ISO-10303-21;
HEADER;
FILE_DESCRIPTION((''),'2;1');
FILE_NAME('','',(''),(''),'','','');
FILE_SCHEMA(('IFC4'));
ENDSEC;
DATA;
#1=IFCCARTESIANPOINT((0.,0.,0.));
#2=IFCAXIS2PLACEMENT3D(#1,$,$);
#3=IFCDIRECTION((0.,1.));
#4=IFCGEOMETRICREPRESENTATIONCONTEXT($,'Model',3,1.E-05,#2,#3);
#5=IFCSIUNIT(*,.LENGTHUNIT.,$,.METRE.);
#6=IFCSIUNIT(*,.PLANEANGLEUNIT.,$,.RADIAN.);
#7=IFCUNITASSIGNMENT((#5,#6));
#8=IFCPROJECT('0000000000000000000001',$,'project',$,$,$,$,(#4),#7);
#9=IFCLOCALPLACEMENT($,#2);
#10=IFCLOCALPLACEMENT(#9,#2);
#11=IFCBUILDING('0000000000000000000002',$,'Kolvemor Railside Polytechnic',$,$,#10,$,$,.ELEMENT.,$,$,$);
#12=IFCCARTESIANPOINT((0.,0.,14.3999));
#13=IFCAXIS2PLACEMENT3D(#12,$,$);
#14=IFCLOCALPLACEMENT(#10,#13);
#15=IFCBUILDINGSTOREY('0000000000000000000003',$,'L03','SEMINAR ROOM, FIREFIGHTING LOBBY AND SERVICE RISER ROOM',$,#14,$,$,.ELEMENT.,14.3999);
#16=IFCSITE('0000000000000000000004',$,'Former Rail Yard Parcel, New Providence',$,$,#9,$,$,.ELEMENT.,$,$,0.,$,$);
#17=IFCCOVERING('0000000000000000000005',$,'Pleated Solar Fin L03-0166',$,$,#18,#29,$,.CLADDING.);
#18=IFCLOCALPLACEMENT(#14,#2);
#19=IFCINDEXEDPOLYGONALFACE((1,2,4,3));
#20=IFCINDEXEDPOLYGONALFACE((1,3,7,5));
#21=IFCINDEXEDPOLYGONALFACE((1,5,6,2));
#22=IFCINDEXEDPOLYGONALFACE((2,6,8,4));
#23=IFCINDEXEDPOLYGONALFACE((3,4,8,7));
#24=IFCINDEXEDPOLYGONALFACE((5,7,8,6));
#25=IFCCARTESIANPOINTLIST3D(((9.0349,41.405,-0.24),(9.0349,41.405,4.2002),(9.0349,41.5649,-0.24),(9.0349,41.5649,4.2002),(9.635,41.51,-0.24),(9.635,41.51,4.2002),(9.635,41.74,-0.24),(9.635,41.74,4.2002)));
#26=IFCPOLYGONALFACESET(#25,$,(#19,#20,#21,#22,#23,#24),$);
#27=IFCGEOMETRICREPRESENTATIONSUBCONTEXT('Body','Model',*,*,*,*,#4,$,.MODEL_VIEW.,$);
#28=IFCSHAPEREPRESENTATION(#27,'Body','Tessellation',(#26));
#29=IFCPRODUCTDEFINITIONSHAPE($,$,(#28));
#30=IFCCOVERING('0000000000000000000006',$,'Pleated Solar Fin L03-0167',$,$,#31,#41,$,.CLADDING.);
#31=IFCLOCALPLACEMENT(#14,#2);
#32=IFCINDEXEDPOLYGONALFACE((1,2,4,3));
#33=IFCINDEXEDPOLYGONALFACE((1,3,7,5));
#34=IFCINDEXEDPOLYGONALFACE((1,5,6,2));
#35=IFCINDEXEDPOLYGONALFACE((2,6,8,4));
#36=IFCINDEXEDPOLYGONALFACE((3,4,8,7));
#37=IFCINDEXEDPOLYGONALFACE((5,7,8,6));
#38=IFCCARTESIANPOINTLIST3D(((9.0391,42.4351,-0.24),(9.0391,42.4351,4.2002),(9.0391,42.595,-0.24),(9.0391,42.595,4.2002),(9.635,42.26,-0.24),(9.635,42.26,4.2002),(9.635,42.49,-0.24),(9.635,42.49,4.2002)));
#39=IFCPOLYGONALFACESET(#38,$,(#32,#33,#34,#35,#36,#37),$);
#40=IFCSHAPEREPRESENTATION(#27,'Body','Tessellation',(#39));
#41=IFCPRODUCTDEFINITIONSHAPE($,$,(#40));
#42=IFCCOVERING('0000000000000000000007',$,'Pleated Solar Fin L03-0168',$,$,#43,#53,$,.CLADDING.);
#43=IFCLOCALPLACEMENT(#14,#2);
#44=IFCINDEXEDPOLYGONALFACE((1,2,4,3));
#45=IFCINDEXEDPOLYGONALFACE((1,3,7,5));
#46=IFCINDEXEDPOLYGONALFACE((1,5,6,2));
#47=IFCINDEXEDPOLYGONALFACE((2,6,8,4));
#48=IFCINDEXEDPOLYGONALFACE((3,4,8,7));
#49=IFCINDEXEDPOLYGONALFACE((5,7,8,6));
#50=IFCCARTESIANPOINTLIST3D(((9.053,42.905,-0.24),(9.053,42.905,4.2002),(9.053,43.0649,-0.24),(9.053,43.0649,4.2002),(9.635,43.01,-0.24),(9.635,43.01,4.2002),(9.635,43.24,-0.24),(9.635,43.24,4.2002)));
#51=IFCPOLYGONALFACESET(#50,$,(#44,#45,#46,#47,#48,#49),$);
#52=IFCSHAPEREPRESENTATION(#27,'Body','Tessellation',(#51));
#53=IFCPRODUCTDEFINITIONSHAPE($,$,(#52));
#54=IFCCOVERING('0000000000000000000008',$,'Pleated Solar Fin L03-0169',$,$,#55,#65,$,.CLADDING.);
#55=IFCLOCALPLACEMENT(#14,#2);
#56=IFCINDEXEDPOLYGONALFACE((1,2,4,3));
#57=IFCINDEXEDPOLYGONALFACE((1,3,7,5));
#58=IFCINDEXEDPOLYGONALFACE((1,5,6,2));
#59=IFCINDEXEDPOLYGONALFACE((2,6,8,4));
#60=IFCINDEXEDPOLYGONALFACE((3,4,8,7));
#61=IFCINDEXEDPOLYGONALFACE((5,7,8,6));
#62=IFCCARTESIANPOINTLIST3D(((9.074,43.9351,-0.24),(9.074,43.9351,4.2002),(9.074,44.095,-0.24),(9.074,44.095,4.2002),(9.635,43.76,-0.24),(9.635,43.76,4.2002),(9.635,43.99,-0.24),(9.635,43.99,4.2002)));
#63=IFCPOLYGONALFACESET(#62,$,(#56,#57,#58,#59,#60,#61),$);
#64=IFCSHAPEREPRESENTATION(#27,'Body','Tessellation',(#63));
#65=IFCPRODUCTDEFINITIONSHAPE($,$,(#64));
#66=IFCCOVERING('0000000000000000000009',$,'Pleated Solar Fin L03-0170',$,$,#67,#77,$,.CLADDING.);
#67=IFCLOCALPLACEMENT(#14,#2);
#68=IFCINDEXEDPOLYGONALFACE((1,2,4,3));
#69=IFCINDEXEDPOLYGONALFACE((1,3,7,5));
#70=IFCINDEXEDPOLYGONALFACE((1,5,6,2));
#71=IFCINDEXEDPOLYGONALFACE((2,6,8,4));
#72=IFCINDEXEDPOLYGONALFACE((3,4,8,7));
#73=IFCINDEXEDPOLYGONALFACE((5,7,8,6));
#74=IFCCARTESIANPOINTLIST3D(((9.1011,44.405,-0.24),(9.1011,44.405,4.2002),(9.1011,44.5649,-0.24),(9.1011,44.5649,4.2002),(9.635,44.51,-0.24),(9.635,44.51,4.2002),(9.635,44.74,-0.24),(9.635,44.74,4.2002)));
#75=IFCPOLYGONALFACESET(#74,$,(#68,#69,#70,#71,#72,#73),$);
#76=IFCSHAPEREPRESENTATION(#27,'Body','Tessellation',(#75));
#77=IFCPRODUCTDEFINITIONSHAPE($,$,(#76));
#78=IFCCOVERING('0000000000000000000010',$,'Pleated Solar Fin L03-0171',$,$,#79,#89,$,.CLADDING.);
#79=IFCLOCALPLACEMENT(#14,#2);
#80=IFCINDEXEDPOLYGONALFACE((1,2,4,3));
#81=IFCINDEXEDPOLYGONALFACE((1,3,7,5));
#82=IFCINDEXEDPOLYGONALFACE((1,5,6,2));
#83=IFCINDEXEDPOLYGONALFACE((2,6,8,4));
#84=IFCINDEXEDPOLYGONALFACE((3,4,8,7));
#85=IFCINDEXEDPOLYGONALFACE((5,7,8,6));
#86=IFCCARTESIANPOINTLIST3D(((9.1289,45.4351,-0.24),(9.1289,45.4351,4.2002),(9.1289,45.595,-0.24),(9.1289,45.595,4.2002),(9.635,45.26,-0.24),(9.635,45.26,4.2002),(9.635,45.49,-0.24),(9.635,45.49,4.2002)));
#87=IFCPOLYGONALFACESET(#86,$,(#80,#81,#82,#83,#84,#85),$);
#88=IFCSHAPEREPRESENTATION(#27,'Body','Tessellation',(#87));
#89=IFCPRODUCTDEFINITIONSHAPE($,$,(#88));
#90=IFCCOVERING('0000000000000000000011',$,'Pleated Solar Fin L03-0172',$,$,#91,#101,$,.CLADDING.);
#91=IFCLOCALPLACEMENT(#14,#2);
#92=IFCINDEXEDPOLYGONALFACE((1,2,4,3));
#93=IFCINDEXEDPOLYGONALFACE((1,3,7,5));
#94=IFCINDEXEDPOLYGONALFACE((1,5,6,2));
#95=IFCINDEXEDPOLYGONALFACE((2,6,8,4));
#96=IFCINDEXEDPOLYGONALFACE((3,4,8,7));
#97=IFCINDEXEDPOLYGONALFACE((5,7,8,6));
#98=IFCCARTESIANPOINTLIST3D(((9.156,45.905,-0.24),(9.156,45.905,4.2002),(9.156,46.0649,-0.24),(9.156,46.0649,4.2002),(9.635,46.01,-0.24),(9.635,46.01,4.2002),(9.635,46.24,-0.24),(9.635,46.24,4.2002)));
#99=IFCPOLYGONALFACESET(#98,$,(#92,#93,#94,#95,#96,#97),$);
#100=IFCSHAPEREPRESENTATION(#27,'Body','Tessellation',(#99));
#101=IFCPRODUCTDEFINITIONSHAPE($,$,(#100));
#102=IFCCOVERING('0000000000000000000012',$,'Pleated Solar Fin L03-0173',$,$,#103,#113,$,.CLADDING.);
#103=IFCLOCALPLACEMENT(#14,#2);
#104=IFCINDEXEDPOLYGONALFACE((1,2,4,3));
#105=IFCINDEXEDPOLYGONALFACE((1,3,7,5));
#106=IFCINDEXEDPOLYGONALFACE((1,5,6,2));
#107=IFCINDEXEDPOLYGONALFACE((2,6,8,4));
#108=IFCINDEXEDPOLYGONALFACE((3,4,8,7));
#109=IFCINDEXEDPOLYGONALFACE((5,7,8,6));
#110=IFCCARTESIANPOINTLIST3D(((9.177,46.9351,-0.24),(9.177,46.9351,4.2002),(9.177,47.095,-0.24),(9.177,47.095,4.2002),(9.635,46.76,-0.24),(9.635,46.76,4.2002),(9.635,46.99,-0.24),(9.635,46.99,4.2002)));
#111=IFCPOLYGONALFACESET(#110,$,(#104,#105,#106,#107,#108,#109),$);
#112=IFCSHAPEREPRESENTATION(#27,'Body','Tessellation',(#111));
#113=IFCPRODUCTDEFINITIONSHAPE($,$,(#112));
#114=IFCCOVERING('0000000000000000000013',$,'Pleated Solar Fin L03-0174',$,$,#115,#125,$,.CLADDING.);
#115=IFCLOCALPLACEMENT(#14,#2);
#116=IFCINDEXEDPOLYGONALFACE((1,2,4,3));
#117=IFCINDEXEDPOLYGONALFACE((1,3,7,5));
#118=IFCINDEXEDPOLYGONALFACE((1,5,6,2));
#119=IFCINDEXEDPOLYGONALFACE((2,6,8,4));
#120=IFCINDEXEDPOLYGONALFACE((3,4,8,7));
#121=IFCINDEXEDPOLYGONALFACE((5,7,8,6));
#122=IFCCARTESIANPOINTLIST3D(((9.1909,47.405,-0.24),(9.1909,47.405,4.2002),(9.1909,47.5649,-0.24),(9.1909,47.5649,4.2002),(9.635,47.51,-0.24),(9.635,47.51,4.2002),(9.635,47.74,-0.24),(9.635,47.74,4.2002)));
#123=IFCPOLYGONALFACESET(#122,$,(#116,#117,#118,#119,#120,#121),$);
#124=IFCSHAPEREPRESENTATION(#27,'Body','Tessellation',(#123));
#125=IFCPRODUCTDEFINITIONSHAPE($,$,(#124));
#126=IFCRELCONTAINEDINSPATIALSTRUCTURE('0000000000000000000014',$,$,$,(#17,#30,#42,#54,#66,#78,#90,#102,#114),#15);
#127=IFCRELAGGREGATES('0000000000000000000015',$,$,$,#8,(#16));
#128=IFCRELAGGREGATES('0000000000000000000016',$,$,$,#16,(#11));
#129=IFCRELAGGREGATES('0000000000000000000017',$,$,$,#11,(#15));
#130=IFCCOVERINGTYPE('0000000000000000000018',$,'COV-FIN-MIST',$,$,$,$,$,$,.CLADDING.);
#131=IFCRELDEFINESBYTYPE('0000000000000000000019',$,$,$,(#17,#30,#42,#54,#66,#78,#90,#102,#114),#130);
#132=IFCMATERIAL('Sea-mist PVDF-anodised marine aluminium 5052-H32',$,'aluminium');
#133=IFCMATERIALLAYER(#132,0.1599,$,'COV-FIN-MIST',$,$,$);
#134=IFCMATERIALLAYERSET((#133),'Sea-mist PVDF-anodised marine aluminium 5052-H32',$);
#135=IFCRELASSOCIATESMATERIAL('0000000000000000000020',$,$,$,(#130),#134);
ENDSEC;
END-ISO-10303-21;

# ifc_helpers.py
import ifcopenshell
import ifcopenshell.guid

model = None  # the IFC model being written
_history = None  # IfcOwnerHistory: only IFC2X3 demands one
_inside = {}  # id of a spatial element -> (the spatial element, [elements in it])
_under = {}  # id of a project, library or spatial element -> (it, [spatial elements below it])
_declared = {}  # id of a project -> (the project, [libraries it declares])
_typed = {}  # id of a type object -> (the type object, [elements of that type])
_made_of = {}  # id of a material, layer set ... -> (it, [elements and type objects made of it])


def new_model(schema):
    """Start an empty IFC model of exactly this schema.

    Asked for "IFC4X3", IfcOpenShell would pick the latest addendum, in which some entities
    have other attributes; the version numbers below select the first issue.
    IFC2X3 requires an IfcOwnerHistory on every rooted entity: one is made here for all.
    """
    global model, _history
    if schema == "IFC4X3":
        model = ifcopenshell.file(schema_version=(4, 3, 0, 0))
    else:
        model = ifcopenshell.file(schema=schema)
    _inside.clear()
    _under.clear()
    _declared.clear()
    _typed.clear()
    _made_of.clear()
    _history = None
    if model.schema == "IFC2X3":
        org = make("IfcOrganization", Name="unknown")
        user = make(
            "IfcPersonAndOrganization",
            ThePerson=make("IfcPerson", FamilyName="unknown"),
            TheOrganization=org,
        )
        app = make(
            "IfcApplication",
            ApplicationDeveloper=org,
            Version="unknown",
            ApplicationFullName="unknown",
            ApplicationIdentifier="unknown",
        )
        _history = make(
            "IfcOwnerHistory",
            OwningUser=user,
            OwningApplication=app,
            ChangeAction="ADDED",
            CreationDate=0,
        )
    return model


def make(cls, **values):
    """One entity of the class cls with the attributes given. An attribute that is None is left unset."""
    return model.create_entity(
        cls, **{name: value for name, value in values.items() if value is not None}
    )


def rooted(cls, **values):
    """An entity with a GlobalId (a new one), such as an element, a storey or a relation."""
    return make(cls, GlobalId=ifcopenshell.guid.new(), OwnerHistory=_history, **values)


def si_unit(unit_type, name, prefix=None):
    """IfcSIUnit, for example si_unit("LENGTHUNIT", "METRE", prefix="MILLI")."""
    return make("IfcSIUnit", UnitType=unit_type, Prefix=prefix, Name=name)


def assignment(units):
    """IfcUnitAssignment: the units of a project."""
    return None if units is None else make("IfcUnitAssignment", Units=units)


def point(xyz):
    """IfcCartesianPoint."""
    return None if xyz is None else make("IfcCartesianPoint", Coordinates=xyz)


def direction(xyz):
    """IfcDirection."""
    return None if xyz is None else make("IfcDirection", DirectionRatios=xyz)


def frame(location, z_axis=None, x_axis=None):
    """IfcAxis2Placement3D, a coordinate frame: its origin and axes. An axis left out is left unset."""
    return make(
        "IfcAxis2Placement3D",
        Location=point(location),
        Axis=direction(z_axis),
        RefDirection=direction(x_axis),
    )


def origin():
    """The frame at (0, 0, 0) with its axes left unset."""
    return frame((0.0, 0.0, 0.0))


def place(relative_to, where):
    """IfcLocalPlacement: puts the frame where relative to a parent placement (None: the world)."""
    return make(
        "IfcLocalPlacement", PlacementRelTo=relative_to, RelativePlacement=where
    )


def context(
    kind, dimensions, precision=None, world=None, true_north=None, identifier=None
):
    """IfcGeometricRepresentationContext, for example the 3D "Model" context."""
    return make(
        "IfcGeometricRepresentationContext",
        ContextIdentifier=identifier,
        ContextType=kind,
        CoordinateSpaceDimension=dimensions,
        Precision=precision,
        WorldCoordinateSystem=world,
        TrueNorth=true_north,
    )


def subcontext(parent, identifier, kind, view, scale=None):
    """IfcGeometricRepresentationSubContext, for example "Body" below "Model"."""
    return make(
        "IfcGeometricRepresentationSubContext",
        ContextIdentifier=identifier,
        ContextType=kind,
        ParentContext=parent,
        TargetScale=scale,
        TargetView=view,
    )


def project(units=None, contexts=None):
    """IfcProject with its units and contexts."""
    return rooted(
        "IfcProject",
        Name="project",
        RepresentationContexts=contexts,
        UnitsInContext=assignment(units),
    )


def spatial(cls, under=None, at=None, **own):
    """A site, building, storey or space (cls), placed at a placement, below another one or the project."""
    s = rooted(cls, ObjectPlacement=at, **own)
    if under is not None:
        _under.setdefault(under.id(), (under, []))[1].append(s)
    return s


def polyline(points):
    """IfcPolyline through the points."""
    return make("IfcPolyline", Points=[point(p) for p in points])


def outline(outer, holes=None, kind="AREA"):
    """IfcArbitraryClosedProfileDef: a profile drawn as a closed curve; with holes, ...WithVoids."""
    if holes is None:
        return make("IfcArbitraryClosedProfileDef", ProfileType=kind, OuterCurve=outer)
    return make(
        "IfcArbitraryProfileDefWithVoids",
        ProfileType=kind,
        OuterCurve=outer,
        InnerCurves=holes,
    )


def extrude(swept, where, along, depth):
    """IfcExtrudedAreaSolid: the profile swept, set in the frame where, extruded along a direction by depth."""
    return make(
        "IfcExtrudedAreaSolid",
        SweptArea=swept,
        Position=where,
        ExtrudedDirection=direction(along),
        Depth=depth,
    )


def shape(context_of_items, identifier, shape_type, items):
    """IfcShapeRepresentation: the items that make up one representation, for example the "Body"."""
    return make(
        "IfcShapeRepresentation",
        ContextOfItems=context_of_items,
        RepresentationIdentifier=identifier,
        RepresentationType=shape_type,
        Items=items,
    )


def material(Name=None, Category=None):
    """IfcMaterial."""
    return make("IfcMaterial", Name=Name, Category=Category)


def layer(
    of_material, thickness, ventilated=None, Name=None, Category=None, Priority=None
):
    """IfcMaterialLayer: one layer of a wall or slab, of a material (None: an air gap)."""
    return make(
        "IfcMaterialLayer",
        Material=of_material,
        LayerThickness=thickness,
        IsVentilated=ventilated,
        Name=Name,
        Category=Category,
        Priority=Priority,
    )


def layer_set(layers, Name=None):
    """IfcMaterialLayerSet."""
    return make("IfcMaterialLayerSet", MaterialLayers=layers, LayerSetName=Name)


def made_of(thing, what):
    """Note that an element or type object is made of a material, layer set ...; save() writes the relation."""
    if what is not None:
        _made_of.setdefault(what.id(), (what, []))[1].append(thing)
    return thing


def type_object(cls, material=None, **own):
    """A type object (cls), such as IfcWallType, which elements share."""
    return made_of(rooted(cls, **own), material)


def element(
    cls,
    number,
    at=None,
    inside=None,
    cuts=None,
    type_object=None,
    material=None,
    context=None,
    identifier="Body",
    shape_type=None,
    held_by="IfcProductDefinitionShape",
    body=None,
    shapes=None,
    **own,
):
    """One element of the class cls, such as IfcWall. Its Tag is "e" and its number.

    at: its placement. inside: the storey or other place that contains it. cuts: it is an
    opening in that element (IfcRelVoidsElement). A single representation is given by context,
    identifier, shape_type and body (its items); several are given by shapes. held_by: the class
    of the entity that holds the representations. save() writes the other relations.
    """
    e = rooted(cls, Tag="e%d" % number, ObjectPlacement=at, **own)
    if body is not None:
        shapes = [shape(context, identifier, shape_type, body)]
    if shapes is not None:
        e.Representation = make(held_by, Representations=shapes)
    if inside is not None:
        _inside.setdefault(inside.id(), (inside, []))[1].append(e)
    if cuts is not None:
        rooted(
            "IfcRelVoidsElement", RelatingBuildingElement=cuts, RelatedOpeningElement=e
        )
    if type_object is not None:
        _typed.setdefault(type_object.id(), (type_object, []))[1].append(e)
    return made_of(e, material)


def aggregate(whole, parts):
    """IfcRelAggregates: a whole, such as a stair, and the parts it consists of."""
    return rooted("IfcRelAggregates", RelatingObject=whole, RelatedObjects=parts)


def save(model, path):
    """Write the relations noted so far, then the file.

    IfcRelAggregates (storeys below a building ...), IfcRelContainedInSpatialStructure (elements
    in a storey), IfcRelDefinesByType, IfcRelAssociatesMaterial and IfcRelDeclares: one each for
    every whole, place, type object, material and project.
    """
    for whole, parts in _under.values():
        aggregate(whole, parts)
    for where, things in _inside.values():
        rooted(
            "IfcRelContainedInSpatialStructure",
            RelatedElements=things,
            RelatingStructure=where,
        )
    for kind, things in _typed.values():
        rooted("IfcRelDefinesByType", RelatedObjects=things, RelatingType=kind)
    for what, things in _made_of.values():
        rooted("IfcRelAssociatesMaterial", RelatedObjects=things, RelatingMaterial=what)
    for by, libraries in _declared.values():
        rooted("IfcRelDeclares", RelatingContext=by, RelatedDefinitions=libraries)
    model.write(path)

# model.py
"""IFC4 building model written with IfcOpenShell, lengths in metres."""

from ifc_helpers import new_model, si_unit, direction, frame, origin, place, context, subcontext, project, spatial, polyline, outline, extrude, material, layer, layer_set, type_object, element, save


model = new_model("IFC4")

# Units and contexts
model_context = context("Model", 3, precision=1e-05, world=origin(), true_north=direction((0.0, 1.0)))
body_context = subcontext(model_context, "Body", "Model", "MODEL_VIEW")
ifc_project = project(units=[si_unit("LENGTHUNIT", "METRE"), si_unit("PLANEANGLEUNIT", "RADIAN")], contexts=[model_context])

# Site, building, storey
site_placement = place(None, origin())
site = spatial("IfcSite", under=ifc_project, at=site_placement, Name="Former Rail Yard Parcel, New Providence", CompositionType="ELEMENT", RefElevation=0.0)
building_placement = place(site_placement, origin())
building = spatial("IfcBuilding", under=site, at=building_placement, Name="Kolvemor Railside Polytechnic", CompositionType="ELEMENT")
storey_placement = place(building_placement, frame((0.0, 0.0, 14.3999)))
storey = spatial("IfcBuildingStorey", under=building, at=storey_placement, Name="L03", Description="SEMINAR ROOM, FIREFIGHTING LOBBY AND SERVICE RISER ROOM", CompositionType="ELEMENT", Elevation=14.3999)

# Coverings
ifc_material = material(Name="Sea-mist PVDF-anodised marine aluminium 5052-H32", Category="aluminium")
ifc_layer = layer(ifc_material, 0.1599, Name="COV-FIN-MIST")
ifc_layer_set = layer_set([ifc_layer], Name="Sea-mist PVDF-anodised marine aluminium 5052-H32")
covering_type = type_object("IfcCoveringType", Name="COV-FIN-MIST", PredefinedType="CLADDING", material=ifc_layer_set)
covering_1_placement = place(storey_placement, frame((0.0, 0.0, -0.24)))
element("IfcCovering", 1, at=covering_1_placement, inside=storey, type_object=covering_type, Name="Pleated Solar Fin L03-0166", PredefinedType="CLADDING", context=body_context, shape_type="SweptSolid", body=[
    extrude(outline(polyline([(9.635, 41.51), (9.635, 41.74), (9.0349, 41.5649), (9.0349, 41.405), (9.635, 41.51)])), origin(), (0.0, 0.0, 1.0), 4.4402),
])
covering_2_placement = place(storey_placement, frame((0.0, 0.0, -0.24)))
element("IfcCovering", 2, at=covering_2_placement, inside=storey, type_object=covering_type, Name="Pleated Solar Fin L03-0167", PredefinedType="CLADDING", context=body_context, shape_type="SweptSolid", body=[
    extrude(outline(polyline([(9.635, 42.26), (9.635, 42.49), (9.0391, 42.595), (9.0391, 42.4351), (9.635, 42.26)])), origin(), (0.0, 0.0, 1.0), 4.4402),
])
covering_3_placement = place(storey_placement, frame((0.0, 0.0, -0.24)))
element("IfcCovering", 3, at=covering_3_placement, inside=storey, type_object=covering_type, Name="Pleated Solar Fin L03-0168", PredefinedType="CLADDING", context=body_context, shape_type="SweptSolid", body=[
    extrude(outline(polyline([(9.635, 43.01), (9.635, 43.24), (9.053, 43.0649), (9.053, 42.905), (9.635, 43.01)])), origin(), (0.0, 0.0, 1.0), 4.4402),
])
covering_4_placement = place(storey_placement, frame((0.0, 0.0, -0.24)))
element("IfcCovering", 4, at=covering_4_placement, inside=storey, type_object=covering_type, Name="Pleated Solar Fin L03-0169", PredefinedType="CLADDING", context=body_context, shape_type="SweptSolid", body=[
    extrude(outline(polyline([(9.635, 43.76), (9.635, 43.99), (9.074, 44.095), (9.074, 43.9351), (9.635, 43.76)])), origin(), (0.0, 0.0, 1.0), 4.4402),
])
covering_5_placement = place(storey_placement, frame((0.0, 0.0, -0.24)))
element("IfcCovering", 5, at=covering_5_placement, inside=storey, type_object=covering_type, Name="Pleated Solar Fin L03-0170", PredefinedType="CLADDING", context=body_context, shape_type="SweptSolid", body=[
    extrude(outline(polyline([(9.635, 44.51), (9.635, 44.74), (9.1011, 44.5649), (9.1011, 44.405), (9.635, 44.51)])), origin(), (0.0, 0.0, 1.0), 4.4402),
])
covering_6_placement = place(storey_placement, frame((0.0, 0.0, -0.24)))
element("IfcCovering", 6, at=covering_6_placement, inside=storey, type_object=covering_type, Name="Pleated Solar Fin L03-0171", PredefinedType="CLADDING", context=body_context, shape_type="SweptSolid", body=[
    extrude(outline(polyline([(9.635, 45.26), (9.635, 45.49), (9.1289, 45.595), (9.1289, 45.4351), (9.635, 45.26)])), origin(), (0.0, 0.0, 1.0), 4.4402),
])
covering_7_placement = place(storey_placement, frame((0.0, 0.0, -0.24)))
element("IfcCovering", 7, at=covering_7_placement, inside=storey, type_object=covering_type, Name="Pleated Solar Fin L03-0172", PredefinedType="CLADDING", context=body_context, shape_type="SweptSolid", body=[
    extrude(outline(polyline([(9.635, 46.01), (9.635, 46.24), (9.156, 46.0649), (9.156, 45.905), (9.635, 46.01)])), origin(), (0.0, 0.0, 1.0), 4.4402),
])
covering_8_placement = place(storey_placement, frame((0.0, 0.0, -0.24)))
element("IfcCovering", 8, at=covering_8_placement, inside=storey, type_object=covering_type, Name="Pleated Solar Fin L03-0173", PredefinedType="CLADDING", context=body_context, shape_type="SweptSolid", body=[
    extrude(outline(polyline([(9.635, 46.76), (9.635, 46.99), (9.177, 47.095), (9.177, 46.9351), (9.635, 46.76)])), origin(), (0.0, 0.0, 1.0), 4.4402),
])
covering_9_placement = place(storey_placement, frame((0.0, 0.0, -0.24)))
element("IfcCovering", 9, at=covering_9_placement, inside=storey, type_object=covering_type, Name="Pleated Solar Fin L03-0174", PredefinedType="CLADDING", context=body_context, shape_type="SweptSolid", body=[
    extrude(outline(polyline([(9.635, 47.51), (9.635, 47.74), (9.1909, 47.5649), (9.1909, 47.405), (9.635, 47.51)])), origin(), (0.0, 0.0, 1.0), 4.4402),
])

save(model, "model.ifc")
